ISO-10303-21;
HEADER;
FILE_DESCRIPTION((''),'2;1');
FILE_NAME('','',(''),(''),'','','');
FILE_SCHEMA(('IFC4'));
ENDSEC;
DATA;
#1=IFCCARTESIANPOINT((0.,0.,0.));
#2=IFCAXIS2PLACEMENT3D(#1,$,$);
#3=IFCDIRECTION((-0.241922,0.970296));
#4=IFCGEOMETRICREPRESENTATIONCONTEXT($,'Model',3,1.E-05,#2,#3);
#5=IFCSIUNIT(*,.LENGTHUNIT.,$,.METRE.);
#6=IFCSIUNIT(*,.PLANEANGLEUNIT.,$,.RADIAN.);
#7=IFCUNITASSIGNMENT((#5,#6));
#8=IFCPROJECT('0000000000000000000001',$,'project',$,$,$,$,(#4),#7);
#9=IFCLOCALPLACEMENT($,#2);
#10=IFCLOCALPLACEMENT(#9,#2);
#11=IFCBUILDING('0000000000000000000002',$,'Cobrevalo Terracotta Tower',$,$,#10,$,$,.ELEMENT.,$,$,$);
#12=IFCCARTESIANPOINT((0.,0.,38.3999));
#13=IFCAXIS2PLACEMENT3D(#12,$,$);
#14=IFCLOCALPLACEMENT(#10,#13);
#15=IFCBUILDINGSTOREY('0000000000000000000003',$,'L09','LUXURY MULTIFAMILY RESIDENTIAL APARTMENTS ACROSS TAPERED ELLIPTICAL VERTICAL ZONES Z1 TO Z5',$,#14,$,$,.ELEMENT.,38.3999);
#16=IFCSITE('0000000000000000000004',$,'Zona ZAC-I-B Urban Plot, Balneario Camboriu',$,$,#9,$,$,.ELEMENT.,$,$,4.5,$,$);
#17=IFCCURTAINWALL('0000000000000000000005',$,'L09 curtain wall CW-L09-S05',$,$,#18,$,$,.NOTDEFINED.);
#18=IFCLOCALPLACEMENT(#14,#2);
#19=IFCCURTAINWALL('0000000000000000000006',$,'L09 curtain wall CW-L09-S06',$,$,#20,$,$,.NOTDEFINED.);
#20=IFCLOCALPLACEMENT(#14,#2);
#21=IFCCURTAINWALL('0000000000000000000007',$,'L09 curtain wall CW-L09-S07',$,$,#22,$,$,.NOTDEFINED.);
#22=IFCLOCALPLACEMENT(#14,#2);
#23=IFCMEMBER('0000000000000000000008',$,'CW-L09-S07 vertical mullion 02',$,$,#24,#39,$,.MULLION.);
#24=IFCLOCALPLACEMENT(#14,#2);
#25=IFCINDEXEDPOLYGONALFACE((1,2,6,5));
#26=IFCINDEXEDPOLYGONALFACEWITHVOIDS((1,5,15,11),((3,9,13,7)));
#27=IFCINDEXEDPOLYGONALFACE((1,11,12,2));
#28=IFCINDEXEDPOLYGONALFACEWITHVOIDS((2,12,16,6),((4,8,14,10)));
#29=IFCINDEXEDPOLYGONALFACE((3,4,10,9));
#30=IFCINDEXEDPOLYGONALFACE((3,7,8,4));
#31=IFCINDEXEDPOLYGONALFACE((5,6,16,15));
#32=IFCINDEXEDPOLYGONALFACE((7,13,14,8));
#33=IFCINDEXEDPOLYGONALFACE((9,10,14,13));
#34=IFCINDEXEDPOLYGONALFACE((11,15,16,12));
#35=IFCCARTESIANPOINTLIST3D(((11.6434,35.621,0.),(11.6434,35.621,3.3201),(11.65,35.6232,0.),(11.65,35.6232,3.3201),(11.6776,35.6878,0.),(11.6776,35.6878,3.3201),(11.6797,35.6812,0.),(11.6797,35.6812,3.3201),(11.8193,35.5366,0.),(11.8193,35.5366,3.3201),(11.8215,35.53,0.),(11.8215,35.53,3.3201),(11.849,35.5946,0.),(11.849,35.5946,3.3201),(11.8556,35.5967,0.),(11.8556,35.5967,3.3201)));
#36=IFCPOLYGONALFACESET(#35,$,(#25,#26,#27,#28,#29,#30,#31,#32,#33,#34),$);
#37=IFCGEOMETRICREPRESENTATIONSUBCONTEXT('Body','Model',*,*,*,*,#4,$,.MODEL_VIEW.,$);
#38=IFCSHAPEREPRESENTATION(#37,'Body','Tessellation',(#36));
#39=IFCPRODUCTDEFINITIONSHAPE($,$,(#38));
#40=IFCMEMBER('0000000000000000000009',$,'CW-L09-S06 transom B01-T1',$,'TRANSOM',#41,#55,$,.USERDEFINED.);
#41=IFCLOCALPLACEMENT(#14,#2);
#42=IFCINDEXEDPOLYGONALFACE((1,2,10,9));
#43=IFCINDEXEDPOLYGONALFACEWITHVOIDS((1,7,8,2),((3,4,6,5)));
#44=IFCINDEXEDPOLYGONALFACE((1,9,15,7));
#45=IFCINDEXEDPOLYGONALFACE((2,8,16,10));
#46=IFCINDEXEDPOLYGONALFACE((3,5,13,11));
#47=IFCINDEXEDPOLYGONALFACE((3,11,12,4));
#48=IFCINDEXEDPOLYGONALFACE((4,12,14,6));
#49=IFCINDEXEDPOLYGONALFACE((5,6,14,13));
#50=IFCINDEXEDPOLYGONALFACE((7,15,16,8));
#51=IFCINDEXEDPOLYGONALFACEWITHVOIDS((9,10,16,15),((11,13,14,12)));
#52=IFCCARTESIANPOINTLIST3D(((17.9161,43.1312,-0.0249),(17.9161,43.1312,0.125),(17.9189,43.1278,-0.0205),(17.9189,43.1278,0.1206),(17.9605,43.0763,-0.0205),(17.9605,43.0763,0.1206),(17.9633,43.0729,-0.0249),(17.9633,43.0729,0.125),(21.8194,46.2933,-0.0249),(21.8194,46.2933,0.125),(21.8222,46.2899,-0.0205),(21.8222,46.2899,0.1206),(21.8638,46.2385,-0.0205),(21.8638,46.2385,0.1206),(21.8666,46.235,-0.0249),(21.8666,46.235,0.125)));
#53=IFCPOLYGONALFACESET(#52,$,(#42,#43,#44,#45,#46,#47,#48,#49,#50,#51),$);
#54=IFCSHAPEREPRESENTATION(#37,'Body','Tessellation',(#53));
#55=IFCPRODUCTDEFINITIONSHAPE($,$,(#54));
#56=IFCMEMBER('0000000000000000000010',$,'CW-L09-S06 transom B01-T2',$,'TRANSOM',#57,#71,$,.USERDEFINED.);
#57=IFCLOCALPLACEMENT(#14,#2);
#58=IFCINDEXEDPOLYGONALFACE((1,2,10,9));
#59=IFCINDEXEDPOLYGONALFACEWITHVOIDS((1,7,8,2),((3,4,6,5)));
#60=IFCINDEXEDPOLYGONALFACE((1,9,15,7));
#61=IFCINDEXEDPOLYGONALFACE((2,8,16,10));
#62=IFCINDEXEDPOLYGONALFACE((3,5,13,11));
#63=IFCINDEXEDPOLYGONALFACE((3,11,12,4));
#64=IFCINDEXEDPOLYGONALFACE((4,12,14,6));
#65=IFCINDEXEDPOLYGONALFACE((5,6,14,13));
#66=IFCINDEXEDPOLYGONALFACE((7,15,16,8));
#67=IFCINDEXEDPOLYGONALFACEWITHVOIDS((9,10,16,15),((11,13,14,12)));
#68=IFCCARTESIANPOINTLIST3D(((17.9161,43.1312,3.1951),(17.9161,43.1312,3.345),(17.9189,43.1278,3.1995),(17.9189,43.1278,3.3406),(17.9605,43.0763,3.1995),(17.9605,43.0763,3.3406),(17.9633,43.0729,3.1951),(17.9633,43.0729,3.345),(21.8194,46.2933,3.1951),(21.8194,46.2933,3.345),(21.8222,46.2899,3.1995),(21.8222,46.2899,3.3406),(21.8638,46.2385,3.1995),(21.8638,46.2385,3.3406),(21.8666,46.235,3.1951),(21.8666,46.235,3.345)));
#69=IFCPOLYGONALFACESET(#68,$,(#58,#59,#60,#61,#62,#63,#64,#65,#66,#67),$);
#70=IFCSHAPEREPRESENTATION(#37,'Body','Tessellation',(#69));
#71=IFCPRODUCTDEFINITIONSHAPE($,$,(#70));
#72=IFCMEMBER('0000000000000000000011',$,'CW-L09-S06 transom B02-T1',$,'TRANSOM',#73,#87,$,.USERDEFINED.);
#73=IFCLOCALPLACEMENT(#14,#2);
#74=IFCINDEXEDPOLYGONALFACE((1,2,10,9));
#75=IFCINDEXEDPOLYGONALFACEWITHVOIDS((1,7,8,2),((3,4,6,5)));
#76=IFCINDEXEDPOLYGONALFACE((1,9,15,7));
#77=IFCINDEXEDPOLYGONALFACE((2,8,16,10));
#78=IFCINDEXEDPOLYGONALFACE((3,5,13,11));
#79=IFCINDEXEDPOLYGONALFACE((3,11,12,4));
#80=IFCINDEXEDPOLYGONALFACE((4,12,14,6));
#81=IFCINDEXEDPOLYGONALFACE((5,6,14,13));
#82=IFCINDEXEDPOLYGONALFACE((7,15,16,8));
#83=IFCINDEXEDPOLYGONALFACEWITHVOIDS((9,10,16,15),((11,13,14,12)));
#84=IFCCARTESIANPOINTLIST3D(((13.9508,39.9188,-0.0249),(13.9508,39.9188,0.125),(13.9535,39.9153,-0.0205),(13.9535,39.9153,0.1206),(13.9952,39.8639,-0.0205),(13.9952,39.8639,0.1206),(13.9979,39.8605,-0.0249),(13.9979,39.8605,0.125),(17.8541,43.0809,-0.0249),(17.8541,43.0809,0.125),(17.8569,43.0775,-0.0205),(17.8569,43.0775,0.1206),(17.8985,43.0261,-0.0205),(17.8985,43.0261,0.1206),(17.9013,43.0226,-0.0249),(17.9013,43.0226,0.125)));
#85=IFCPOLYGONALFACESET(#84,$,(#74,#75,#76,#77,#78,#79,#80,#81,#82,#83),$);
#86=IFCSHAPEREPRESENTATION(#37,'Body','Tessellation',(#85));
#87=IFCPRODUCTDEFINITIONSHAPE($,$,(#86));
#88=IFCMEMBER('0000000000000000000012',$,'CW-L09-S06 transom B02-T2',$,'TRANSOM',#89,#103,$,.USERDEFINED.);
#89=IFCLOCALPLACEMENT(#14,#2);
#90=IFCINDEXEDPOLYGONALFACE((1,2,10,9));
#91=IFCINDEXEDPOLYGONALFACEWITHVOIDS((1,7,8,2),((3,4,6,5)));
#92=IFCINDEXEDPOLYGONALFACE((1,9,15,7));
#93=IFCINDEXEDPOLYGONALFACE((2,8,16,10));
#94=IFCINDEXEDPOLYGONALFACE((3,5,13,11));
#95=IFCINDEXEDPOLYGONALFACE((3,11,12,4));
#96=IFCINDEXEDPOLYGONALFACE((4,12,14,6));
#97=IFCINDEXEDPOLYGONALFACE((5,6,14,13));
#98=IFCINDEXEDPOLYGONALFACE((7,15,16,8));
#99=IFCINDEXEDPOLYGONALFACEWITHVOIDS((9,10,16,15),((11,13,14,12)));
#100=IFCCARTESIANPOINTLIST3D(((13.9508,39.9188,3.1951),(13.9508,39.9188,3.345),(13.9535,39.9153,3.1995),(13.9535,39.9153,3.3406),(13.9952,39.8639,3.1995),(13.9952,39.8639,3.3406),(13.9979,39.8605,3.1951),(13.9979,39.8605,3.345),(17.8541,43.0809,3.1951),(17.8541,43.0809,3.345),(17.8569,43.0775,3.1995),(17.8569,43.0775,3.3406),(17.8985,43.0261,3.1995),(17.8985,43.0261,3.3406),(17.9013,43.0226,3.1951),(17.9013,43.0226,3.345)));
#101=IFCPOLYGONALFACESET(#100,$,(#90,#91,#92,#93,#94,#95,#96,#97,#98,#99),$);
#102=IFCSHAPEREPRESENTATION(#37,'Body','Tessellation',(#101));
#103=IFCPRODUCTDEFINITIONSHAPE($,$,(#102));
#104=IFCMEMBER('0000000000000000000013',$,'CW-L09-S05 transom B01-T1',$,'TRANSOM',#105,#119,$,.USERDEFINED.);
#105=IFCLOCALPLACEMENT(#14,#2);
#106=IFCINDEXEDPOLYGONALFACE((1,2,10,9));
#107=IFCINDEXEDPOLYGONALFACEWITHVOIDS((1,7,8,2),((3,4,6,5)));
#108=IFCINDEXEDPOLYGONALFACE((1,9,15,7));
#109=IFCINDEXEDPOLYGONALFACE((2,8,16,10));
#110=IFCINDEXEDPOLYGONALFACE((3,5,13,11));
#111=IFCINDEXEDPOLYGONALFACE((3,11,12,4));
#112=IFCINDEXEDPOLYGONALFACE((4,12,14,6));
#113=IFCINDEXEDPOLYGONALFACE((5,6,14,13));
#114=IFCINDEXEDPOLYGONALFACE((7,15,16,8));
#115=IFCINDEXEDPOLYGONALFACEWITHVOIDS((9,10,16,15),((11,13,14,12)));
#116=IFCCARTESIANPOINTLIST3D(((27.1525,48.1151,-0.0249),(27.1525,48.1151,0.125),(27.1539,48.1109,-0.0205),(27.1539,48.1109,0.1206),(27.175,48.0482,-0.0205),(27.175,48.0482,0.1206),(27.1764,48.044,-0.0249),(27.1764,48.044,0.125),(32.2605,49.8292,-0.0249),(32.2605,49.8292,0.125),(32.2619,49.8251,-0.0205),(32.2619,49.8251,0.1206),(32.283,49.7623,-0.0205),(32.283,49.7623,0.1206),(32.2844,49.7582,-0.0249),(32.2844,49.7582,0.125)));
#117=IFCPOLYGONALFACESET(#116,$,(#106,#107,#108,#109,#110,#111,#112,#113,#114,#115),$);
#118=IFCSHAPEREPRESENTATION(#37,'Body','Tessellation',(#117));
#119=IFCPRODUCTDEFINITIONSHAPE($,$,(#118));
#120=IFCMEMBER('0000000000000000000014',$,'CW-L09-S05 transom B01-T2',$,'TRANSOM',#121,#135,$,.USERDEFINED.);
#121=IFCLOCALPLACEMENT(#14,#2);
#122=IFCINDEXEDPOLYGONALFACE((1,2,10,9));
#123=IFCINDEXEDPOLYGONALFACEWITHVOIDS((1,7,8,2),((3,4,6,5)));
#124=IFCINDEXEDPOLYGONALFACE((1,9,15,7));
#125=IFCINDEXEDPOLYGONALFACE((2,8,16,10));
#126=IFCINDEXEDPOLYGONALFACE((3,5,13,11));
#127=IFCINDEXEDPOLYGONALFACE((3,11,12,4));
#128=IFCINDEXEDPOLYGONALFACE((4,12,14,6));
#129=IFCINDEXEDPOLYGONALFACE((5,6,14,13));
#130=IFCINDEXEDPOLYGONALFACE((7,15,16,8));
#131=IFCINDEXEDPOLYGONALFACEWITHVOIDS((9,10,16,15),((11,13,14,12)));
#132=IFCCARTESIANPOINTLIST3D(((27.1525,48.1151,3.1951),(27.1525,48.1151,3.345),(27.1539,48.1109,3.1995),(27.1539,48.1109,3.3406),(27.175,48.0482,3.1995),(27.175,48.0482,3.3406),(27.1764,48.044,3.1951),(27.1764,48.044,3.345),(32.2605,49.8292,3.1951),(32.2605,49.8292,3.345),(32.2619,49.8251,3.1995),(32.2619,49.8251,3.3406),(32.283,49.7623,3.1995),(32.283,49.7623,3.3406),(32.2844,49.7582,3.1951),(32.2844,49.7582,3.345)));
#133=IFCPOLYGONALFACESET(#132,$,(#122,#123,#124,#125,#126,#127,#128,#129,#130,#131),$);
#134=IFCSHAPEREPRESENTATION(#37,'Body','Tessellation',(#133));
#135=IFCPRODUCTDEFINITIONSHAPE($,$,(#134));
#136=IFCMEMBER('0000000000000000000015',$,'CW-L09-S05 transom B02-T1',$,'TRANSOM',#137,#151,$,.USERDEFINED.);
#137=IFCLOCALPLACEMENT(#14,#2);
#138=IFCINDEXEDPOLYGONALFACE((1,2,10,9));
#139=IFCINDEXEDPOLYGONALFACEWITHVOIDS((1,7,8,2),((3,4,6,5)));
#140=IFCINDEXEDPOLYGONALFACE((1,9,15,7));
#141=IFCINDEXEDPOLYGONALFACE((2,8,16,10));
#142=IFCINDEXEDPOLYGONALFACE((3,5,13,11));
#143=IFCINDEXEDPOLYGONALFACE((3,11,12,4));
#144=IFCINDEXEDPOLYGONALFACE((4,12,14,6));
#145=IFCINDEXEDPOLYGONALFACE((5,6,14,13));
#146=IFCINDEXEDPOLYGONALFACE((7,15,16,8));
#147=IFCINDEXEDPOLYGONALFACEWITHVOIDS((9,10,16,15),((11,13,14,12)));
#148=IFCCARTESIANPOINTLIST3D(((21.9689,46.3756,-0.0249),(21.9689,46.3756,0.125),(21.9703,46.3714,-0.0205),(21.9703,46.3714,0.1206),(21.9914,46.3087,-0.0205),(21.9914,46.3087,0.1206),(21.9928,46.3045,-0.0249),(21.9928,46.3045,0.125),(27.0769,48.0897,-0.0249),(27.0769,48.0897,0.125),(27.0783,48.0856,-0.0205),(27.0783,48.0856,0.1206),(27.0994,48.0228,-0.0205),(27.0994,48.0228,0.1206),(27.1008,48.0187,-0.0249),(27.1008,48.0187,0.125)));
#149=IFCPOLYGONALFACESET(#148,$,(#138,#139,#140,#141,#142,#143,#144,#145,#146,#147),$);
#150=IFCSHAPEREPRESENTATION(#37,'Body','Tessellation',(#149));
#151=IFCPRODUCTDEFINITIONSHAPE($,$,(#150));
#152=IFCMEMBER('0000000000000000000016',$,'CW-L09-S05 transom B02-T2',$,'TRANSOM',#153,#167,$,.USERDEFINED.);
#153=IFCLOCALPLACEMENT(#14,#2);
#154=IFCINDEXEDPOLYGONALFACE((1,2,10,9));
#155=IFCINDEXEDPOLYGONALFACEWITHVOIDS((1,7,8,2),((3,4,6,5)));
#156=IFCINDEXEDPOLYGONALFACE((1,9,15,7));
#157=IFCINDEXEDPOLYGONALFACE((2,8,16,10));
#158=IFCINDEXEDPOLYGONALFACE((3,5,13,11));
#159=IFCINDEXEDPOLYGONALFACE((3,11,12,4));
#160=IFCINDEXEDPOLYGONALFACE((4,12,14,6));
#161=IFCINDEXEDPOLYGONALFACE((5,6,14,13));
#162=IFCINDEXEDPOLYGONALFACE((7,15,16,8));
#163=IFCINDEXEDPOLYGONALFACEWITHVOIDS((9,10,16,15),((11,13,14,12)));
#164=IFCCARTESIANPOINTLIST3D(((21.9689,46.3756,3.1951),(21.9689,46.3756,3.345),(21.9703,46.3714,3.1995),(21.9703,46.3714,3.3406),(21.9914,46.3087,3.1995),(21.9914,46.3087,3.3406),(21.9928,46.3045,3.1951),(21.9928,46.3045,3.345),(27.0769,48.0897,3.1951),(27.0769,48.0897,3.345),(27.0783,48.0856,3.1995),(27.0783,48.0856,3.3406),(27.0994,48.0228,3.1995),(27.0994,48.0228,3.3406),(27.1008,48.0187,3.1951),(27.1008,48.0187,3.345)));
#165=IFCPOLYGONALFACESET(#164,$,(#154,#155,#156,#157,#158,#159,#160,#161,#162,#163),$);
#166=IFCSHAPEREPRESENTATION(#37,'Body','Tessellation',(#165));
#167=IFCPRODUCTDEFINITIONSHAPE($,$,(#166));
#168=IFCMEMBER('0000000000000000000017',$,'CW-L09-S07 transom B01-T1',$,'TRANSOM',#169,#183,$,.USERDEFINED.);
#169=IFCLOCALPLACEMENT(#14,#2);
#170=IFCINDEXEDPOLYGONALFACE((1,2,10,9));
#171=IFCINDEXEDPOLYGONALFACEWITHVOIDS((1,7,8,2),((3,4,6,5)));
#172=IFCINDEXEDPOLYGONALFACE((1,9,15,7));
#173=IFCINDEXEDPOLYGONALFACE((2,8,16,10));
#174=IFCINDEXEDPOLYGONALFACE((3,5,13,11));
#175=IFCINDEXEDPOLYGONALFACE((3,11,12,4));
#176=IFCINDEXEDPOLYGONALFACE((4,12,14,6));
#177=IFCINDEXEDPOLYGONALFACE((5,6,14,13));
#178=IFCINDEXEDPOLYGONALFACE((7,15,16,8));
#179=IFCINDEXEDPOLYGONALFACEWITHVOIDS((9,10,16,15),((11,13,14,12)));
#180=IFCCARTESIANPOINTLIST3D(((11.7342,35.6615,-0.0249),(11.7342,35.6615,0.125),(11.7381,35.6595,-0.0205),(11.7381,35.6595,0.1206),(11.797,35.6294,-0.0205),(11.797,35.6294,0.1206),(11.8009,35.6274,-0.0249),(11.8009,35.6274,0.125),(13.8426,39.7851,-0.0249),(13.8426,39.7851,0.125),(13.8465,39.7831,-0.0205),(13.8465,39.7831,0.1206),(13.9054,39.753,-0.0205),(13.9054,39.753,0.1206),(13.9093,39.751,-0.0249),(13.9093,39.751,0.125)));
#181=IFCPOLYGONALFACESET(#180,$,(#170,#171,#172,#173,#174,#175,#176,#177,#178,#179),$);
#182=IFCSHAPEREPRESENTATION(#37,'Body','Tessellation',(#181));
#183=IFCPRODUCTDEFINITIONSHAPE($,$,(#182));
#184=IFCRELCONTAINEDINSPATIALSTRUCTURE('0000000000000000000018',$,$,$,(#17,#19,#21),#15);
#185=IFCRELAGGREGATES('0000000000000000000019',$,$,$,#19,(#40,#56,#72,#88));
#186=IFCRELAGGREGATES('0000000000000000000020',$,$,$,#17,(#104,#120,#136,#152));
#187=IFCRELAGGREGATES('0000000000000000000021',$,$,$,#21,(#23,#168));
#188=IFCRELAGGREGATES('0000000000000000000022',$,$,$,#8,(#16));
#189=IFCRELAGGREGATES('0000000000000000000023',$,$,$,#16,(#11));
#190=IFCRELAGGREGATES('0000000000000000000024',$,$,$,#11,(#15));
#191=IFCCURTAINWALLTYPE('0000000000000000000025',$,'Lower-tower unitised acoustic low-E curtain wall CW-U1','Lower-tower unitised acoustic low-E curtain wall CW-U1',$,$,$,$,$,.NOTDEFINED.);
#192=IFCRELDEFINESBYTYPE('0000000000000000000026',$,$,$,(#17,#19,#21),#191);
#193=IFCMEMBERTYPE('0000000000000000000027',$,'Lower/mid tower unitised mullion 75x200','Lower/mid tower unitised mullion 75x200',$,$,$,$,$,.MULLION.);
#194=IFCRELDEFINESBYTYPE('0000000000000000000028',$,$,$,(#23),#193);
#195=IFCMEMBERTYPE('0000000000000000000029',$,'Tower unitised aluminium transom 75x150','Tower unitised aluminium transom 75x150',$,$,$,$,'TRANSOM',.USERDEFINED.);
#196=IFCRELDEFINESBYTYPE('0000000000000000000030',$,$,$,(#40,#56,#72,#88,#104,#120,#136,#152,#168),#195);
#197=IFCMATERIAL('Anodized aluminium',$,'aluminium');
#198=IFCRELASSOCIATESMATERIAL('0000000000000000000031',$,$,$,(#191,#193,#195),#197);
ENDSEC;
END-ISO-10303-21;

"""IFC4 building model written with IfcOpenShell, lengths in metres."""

from ifc_helpers import new_model, si_unit, direction, frame, origin, origin_2d, place, context, subcontext, project, spatial, hollow_rectangle, extrude, source, transform, mapped, material, material_profile, profile_set, type_object, element, aggregate, save


model = new_model("IFC4")

# Units and contexts
model_context = context("Model", 3, precision=1e-05, world=origin(), true_north=direction((-0.241922, 0.970296)))
body_context = subcontext(model_context, "Body", "Model", "MODEL_VIEW")
ifc_project = project(units=[si_unit("LENGTHUNIT", "METRE"), si_unit("PLANEANGLEUNIT", "RADIAN")], contexts=[model_context])

# Site, building, storey
site_placement = place(None, origin())
site = spatial("IfcSite", under=ifc_project, at=site_placement, Name="Zona ZAC-I-B Urban Plot, Balneario Camboriu", CompositionType="ELEMENT", RefElevation=4.5)
building_placement = place(site_placement, origin())
building = spatial("IfcBuilding", under=site, at=building_placement, Name="Cobrevalo Terracotta Tower", CompositionType="ELEMENT")
storey_placement = place(building_placement, frame((0.0, 0.0, 38.3999)))
storey = spatial("IfcBuildingStorey", under=building, at=storey_placement, Name="L09", Description="LUXURY MULTIFAMILY RESIDENTIAL APARTMENTS ACROSS TAPERED ELLIPTICAL VERTICAL ZONES Z1 TO Z5", CompositionType="ELEMENT", Elevation=38.3999)

# Curtain walls, member
ifc_material_1 = material(Name="Anodized aluminium", Category="aluminium")
curtain_wall_type = type_object("IfcCurtainWallType", Name="Lower-tower unitised acoustic low-E curtain wall CW-U1", Description="Lower-tower unitised acoustic low-E curtain wall CW-U1", PredefinedType="NOTDEFINED", material=ifc_material_1)
curtain_wall_1_placement = place(storey_placement, origin())
curtain_wall_1 = element("IfcCurtainWall", 1, at=curtain_wall_1_placement, inside=storey, type_object=curtain_wall_type, Name="L09 curtain wall CW-L09-S05", PredefinedType="NOTDEFINED")
ifc_material_profile_1 = material_profile(ifc_material_1, hollow_rectangle(XDim=0.075, YDim=0.2, WallThickness=0.0049, at=origin_2d()), Name="CWM 75x200")
ifc_profile_set_1 = profile_set([ifc_material_profile_1], Name="Anodized aluminium")
member_type_1 = type_object("IfcMemberType", Name="Lower/mid tower unitised mullion 75x200", Description="Lower/mid tower unitised mullion 75x200", PredefinedType="MULLION", material=ifc_profile_set_1)
shared_shape_1 = source(origin(), body_context, "Body", "SweptSolid", [
    extrude(hollow_rectangle(XDim=0.075, YDim=0.2, WallThickness=0.0049, at=origin_2d()), origin(), (0.0, 0.0, 1.0), 3.3201),
])
curtain_wall_2_placement = place(storey_placement, origin())
curtain_wall_2 = element("IfcCurtainWall", 2, at=curtain_wall_2_placement, inside=storey, type_object=curtain_wall_type, Name="L09 curtain wall CW-L09-S06", PredefinedType="NOTDEFINED")
curtain_wall_3_placement = place(storey_placement, origin())
curtain_wall_3 = element("IfcCurtainWall", 3, at=curtain_wall_3_placement, inside=storey, type_object=curtain_wall_type, Name="L09 curtain wall CW-L09-S07", PredefinedType="NOTDEFINED")
member_1_placement = place(storey_placement, frame((11.7495, 35.6089, 0.0), z_axis=(0.0, 0.0, 1.0), x_axis=(-0.455234, -0.890372, 0.0)))
member_1 = element("IfcMember", 4, at=member_1_placement, type_object=member_type_1, Name="CW-L09-S07 vertical mullion 02", PredefinedType="MULLION", context=body_context, shape_type="MappedRepresentation", body=[
    mapped(shared_shape_1, transform((0.0, 0.0, 0.0), scale=1.0)),
])

# Members
ifc_material_profile_2 = material_profile(ifc_material_1, hollow_rectangle(XDim=0.075, YDim=0.1499, WallThickness=0.0044, at=origin_2d()), Name="CWT 75x150")
ifc_profile_set_2 = profile_set([ifc_material_profile_2], Name="Anodized aluminium")
member_type_2 = type_object("IfcMemberType", Name="Tower unitised aluminium transom 75x150", Description="Tower unitised aluminium transom 75x150", ElementType="TRANSOM", PredefinedType="USERDEFINED", material=ifc_profile_set_2)
shared_shape_2 = source(origin(), body_context, "Body", "SweptSolid", [
    extrude(hollow_rectangle(XDim=0.075, YDim=0.1499, WallThickness=0.0044, at=origin_2d()), origin(), (0.0, 0.0, 1.0), 5.0234),
])
member_2_placement = place(storey_placement, frame((21.843, 46.2642, 0.05), z_axis=(-0.777023, -0.629472, 0.0), x_axis=(0.629472, -0.777023, 0.0)))
member_2 = element("IfcMember", 5, at=member_2_placement, type_object=member_type_2, Name="CW-L09-S06 transom B01-T1", ObjectType="TRANSOM", PredefinedType="USERDEFINED", context=body_context, shape_type="MappedRepresentation", body=[
    mapped(shared_shape_2, transform((0.0, 0.0, 0.0), scale=1.0)),
])
member_3_placement = place(storey_placement, frame((21.843, 46.2642, 3.27), z_axis=(-0.777023, -0.629472, 0.0), x_axis=(0.629472, -0.777023, 0.0)))
member_3 = element("IfcMember", 6, at=member_3_placement, type_object=member_type_2, Name="CW-L09-S06 transom B01-T2", ObjectType="TRANSOM", PredefinedType="USERDEFINED", context=body_context, shape_type="MappedRepresentation", body=[
    mapped(shared_shape_2, transform((0.0, 0.0, 0.0), scale=1.0)),
])
member_4_placement = place(storey_placement, frame((17.8777, 43.0518, 0.05), z_axis=(-0.777023, -0.629472, 0.0), x_axis=(0.629472, -0.777023, 0.0)))
member_4 = element("IfcMember", 7, at=member_4_placement, type_object=member_type_2, Name="CW-L09-S06 transom B02-T1", ObjectType="TRANSOM", PredefinedType="USERDEFINED", context=body_context, shape_type="MappedRepresentation", body=[
    mapped(shared_shape_2, transform((0.0, 0.0, 0.0), scale=1.0)),
])
member_5_placement = place(storey_placement, frame((17.8777, 43.0518, 3.27), z_axis=(-0.777023, -0.629472, 0.0), x_axis=(0.629472, -0.777023, 0.0)))
member_5 = element("IfcMember", 8, at=member_5_placement, type_object=member_type_2, Name="CW-L09-S06 transom B02-T2", ObjectType="TRANSOM", PredefinedType="USERDEFINED", context=body_context, shape_type="MappedRepresentation", body=[
    mapped(shared_shape_2, transform((0.0, 0.0, 0.0), scale=1.0)),
])
shared_shape_3 = source(origin(), body_context, "Body", "SweptSolid", [
    extrude(hollow_rectangle(XDim=0.075, YDim=0.1499, WallThickness=0.0044, at=origin_2d()), origin(), (0.0, 0.0, 1.0), 5.3879),
])
member_6_placement = place(storey_placement, frame((32.2725, 49.7937, 0.05), z_axis=(-0.948042, -0.318144, 0.0), x_axis=(0.318144, -0.948042, 0.0)))
member_6 = element("IfcMember", 9, at=member_6_placement, type_object=member_type_2, Name="CW-L09-S05 transom B01-T1", ObjectType="TRANSOM", PredefinedType="USERDEFINED", context=body_context, shape_type="MappedRepresentation", body=[
    mapped(shared_shape_3, transform((0.0, 0.0, 0.0), scale=1.0)),
])
member_7_placement = place(storey_placement, frame((32.2725, 49.7937, 3.27), z_axis=(-0.948042, -0.318144, 0.0), x_axis=(0.318144, -0.948042, 0.0)))
member_7 = element("IfcMember", 10, at=member_7_placement, type_object=member_type_2, Name="CW-L09-S05 transom B01-T2", ObjectType="TRANSOM", PredefinedType="USERDEFINED", context=body_context, shape_type="MappedRepresentation", body=[
    mapped(shared_shape_3, transform((0.0, 0.0, 0.0), scale=1.0)),
])
member_8_placement = place(storey_placement, frame((27.0889, 48.0542, 0.05), z_axis=(-0.948042, -0.318144, 0.0), x_axis=(0.318144, -0.948042, 0.0)))
member_8 = element("IfcMember", 11, at=member_8_placement, type_object=member_type_2, Name="CW-L09-S05 transom B02-T1", ObjectType="TRANSOM", PredefinedType="USERDEFINED", context=body_context, shape_type="MappedRepresentation", body=[
    mapped(shared_shape_3, transform((0.0, 0.0, 0.0), scale=1.0)),
])
member_9_placement = place(storey_placement, frame((27.0889, 48.0542, 3.27), z_axis=(-0.948042, -0.318144, 0.0), x_axis=(0.318144, -0.948042, 0.0)))
member_9 = element("IfcMember", 12, at=member_9_placement, type_object=member_type_2, Name="CW-L09-S05 transom B02-T2", ObjectType="TRANSOM", PredefinedType="USERDEFINED", context=body_context, shape_type="MappedRepresentation", body=[
    mapped(shared_shape_3, transform((0.0, 0.0, 0.0), scale=1.0)),
])
shared_shape_4 = source(origin(), body_context, "Body", "SweptSolid", [
    extrude(hollow_rectangle(XDim=0.075, YDim=0.1499, WallThickness=0.0044, at=origin_2d()), origin(), (0.0, 0.0, 1.0), 4.6313),
])
member_10_placement = place(storey_placement, frame((13.876, 39.7681, 0.05), z_axis=(-0.45525, -0.890363, 0.0), x_axis=(0.890363, -0.45525, 0.0)))
member_10 = element("IfcMember", 13, at=member_10_placement, type_object=member_type_2, Name="CW-L09-S07 transom B01-T1", ObjectType="TRANSOM", PredefinedType="USERDEFINED", context=body_context, shape_type="MappedRepresentation", body=[
    mapped(shared_shape_4, transform((0.0, 0.0, 0.0), scale=1.0)),
])

aggregate(curtain_wall_2, [member_2, member_3, member_4, member_5])
aggregate(curtain_wall_1, [member_6, member_7, member_8, member_9])
aggregate(curtain_wall_3, [member_1, member_10])

save(model, "model.ifc")
